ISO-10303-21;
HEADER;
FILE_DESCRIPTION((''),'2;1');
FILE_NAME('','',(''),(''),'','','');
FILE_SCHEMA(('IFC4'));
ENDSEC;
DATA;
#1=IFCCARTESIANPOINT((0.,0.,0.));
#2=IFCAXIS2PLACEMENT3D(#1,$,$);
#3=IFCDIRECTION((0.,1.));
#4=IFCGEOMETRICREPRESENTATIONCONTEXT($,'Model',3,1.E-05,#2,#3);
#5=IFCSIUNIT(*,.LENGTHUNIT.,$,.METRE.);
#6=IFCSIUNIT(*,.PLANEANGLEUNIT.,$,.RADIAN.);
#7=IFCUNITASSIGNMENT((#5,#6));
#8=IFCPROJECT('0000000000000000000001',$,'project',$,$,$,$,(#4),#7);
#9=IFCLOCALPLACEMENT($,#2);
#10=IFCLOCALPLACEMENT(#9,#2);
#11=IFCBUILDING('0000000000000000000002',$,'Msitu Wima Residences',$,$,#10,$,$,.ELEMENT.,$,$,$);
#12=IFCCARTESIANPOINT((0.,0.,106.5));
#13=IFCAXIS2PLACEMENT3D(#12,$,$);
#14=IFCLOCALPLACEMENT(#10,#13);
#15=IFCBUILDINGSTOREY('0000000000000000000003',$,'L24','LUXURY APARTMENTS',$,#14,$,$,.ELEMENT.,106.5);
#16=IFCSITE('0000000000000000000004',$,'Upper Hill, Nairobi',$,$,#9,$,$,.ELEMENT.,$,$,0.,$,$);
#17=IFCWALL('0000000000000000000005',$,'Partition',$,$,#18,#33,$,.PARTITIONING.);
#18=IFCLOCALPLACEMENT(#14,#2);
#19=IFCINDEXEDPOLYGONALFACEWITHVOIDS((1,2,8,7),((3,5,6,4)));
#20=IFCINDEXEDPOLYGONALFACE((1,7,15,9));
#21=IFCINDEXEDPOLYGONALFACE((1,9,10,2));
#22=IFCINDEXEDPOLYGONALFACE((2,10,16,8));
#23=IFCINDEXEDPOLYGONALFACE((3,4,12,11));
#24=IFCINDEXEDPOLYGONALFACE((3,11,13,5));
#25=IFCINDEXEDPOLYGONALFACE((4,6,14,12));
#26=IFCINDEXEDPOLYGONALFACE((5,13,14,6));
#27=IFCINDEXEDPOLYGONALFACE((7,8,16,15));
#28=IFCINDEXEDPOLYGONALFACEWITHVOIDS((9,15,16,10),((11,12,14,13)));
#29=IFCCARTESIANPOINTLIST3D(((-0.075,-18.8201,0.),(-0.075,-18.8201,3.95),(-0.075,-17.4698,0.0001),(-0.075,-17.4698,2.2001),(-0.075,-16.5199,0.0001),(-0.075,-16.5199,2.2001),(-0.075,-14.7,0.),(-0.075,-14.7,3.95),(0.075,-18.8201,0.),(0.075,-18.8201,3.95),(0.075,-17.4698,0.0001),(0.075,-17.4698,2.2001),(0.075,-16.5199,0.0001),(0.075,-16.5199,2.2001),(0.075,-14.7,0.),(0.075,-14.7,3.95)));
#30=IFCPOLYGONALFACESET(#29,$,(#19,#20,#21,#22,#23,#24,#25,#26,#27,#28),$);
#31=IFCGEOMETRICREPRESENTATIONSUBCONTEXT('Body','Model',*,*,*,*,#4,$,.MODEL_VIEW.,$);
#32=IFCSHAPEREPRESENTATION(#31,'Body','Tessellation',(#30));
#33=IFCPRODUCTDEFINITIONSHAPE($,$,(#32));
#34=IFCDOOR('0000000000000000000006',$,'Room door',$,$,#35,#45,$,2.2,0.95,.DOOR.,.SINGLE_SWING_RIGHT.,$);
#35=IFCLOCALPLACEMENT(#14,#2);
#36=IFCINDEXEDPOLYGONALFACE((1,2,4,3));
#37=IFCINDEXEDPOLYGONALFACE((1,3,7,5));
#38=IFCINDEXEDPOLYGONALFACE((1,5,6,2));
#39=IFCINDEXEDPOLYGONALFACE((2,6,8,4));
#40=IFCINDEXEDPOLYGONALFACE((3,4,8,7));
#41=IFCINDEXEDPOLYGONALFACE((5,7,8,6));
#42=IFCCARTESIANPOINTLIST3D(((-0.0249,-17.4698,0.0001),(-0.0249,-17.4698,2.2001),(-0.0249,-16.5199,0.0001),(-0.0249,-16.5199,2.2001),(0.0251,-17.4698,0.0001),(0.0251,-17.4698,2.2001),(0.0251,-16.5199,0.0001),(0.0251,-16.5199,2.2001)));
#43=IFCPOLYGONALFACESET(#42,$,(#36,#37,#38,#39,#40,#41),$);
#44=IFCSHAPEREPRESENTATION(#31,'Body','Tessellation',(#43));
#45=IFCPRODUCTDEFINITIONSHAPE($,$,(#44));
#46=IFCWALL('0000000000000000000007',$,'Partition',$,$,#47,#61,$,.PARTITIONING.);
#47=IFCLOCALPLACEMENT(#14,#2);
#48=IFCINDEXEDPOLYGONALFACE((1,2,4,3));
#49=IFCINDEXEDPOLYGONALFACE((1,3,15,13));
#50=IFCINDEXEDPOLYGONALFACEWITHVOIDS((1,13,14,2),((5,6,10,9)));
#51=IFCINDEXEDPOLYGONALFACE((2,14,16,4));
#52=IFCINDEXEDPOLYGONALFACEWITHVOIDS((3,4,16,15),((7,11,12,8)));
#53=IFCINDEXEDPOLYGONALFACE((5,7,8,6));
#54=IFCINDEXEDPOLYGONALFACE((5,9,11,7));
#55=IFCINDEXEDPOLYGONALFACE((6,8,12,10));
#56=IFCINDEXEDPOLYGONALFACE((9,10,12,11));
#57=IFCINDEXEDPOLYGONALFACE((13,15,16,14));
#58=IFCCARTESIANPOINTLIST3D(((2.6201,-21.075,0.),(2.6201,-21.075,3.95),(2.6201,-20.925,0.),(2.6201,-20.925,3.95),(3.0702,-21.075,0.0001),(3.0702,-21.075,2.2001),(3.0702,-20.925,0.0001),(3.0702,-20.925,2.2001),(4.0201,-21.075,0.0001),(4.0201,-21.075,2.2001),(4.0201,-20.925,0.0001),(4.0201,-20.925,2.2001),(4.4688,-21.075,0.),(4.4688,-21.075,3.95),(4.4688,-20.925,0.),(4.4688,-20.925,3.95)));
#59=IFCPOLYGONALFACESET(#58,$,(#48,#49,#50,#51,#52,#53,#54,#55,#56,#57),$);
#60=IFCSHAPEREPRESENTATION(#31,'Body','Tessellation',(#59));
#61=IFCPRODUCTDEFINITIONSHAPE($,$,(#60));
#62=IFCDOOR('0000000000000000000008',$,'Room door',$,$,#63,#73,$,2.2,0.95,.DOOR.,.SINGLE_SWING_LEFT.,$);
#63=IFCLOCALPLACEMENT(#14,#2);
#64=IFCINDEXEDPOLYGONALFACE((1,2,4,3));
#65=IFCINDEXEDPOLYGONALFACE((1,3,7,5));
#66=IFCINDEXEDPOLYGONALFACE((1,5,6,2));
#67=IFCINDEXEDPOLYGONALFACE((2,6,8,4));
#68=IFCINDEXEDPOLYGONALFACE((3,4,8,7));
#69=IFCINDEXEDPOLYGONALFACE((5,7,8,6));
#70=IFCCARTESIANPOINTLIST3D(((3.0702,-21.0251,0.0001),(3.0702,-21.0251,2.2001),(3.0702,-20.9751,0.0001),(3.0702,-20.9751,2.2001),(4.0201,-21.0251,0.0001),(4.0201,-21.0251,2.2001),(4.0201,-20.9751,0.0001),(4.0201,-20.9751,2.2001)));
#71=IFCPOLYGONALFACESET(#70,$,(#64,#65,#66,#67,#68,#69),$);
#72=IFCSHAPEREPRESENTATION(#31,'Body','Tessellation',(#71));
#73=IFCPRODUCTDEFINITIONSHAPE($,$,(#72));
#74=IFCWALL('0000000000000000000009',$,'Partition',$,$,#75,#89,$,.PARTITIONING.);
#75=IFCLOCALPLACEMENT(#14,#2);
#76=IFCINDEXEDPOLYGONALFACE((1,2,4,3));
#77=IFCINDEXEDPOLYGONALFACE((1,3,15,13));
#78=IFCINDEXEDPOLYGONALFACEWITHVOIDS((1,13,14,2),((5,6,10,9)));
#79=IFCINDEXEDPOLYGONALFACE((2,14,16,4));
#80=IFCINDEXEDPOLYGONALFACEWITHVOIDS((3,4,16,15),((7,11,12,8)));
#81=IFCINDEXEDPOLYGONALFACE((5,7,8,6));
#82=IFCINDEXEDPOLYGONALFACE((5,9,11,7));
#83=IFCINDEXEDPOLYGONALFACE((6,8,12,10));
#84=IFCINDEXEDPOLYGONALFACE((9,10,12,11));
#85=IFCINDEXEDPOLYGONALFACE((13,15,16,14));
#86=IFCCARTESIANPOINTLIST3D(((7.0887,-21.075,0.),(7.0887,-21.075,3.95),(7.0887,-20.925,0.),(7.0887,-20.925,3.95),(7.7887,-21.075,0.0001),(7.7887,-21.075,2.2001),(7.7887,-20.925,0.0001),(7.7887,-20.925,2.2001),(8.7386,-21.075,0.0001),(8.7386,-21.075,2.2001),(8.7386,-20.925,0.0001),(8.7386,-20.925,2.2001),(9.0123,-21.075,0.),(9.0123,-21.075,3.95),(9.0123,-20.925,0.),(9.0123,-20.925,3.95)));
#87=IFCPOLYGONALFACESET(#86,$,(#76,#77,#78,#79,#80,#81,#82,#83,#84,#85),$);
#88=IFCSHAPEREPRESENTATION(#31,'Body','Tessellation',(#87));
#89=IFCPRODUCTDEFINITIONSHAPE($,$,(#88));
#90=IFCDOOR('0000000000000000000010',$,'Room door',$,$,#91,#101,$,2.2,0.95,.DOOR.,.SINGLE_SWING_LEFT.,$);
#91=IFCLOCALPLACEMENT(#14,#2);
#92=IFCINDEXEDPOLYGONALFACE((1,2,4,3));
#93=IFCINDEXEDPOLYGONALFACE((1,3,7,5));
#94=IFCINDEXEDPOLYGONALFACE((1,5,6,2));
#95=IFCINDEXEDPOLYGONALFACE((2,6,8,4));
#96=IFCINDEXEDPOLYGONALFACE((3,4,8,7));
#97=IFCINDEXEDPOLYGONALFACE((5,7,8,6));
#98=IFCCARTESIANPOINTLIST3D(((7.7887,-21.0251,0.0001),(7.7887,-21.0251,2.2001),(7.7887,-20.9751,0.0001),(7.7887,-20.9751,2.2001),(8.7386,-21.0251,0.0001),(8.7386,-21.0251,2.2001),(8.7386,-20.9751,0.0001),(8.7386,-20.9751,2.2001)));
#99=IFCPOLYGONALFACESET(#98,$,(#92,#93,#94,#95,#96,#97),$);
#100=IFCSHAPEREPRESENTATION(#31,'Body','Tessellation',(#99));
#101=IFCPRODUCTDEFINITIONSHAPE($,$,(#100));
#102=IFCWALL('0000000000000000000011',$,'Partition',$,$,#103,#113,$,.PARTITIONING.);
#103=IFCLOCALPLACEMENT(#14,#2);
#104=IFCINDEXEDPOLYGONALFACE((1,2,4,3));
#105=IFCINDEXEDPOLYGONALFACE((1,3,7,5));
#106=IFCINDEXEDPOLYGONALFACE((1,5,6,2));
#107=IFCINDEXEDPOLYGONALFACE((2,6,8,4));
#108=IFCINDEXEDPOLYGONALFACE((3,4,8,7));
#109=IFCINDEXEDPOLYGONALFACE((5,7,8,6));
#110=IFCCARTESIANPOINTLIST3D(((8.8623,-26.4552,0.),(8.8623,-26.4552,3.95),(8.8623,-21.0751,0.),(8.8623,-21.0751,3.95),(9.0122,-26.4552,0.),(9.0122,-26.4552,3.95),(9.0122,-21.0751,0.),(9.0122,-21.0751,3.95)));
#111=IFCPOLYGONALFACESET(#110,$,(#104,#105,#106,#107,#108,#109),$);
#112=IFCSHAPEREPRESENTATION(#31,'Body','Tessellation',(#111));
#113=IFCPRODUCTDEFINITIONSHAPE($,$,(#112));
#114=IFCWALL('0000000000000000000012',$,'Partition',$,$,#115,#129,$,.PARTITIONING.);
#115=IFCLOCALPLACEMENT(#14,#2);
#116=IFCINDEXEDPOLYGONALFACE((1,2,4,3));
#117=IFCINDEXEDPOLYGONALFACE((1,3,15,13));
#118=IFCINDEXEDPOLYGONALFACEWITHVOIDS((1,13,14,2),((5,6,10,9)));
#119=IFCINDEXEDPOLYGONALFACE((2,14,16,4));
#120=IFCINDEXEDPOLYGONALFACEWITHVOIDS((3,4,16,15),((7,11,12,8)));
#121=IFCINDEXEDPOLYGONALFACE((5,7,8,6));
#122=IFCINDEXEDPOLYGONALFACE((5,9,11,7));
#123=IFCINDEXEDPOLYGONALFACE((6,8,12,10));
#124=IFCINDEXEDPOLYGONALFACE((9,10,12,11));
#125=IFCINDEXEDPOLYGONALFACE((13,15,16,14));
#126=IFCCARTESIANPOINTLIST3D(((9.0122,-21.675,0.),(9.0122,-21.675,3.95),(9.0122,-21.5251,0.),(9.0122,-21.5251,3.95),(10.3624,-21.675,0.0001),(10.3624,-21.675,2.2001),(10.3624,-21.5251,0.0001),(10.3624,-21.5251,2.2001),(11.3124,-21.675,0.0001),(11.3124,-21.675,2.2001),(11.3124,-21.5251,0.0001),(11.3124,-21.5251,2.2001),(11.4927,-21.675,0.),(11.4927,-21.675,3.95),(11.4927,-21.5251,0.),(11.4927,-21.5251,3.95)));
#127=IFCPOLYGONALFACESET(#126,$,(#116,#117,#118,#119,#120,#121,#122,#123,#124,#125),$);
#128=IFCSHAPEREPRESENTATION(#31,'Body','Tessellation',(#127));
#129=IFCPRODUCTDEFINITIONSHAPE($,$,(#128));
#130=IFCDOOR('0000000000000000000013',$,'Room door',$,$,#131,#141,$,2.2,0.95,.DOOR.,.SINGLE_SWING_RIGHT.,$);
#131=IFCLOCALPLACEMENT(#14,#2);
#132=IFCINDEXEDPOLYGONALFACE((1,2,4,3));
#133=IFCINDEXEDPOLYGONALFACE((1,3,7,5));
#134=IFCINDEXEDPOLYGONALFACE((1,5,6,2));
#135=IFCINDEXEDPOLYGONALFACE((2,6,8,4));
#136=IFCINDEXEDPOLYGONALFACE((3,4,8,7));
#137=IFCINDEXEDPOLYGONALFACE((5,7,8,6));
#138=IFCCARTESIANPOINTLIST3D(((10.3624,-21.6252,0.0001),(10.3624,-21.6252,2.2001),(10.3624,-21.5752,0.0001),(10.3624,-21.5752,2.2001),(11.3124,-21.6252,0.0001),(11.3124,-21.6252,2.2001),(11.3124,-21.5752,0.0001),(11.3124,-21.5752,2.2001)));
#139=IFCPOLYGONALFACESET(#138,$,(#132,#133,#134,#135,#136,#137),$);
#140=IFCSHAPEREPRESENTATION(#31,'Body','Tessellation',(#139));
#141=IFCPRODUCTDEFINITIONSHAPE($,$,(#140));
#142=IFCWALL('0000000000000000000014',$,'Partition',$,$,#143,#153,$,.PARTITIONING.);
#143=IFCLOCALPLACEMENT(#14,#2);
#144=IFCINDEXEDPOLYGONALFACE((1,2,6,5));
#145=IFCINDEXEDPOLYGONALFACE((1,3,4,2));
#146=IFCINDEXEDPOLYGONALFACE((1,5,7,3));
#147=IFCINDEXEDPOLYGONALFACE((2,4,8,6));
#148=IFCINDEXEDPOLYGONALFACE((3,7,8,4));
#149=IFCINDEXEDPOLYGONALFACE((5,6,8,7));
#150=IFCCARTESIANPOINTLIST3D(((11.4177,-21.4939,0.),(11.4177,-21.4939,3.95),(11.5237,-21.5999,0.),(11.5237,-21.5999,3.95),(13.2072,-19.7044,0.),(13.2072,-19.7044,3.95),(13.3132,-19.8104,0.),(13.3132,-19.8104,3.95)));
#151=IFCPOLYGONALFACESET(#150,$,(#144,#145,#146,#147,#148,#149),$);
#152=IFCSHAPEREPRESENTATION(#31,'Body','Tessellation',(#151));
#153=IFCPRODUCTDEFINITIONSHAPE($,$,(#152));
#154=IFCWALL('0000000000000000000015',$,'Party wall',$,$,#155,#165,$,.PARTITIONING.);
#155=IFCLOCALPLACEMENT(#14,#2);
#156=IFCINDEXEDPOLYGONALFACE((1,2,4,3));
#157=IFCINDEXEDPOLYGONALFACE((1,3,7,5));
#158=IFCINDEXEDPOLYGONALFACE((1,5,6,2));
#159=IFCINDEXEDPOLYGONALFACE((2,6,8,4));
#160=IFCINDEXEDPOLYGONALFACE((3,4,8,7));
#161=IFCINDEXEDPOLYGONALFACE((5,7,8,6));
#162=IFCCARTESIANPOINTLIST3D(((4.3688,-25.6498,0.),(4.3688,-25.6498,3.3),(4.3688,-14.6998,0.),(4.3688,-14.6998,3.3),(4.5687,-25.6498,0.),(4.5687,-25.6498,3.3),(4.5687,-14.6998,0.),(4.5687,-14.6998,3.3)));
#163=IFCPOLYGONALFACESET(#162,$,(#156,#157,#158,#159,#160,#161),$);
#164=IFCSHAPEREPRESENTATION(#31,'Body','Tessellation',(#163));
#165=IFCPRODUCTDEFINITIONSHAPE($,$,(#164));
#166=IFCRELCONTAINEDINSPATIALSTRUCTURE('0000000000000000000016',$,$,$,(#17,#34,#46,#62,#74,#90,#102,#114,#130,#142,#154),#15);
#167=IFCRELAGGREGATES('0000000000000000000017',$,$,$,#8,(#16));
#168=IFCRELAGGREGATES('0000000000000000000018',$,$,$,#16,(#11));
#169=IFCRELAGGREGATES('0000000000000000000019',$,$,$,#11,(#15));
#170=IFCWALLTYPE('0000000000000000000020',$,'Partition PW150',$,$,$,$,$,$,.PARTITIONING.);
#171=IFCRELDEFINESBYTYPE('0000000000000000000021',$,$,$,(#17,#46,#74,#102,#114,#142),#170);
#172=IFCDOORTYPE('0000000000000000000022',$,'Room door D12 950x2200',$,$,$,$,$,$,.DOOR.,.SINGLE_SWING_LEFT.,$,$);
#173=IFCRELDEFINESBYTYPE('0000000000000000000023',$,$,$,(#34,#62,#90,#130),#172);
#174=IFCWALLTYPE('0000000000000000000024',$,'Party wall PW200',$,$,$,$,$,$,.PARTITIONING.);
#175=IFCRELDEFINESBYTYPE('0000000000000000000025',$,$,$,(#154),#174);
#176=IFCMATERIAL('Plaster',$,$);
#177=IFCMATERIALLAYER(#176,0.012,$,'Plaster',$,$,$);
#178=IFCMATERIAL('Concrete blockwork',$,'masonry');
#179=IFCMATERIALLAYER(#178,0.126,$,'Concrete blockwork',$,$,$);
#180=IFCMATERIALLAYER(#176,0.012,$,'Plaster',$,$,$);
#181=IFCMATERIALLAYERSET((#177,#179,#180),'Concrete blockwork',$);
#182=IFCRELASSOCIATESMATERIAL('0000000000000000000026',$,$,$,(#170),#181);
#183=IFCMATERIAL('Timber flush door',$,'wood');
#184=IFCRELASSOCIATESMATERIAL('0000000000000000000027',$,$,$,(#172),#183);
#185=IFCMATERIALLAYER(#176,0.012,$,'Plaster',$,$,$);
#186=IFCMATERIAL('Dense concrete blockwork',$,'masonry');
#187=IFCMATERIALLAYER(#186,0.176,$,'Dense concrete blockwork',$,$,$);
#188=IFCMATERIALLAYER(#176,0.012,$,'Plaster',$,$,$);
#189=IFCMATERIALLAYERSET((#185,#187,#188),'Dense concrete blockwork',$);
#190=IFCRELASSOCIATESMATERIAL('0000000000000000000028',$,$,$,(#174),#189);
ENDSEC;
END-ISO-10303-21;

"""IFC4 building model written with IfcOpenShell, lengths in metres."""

from ifc_helpers import new_model, si_unit, direction, frame, frame_2d, origin, place, context, subcontext, project, spatial, rectangle, extrude, material, layer, layer_set, type_object, element, fill, save


model = new_model("IFC4")

# Units and contexts
model_context = context("Model", 3, precision=1e-05, world=origin(), true_north=direction((0.0, 1.0)))
body_context = subcontext(model_context, "Body", "Model", "MODEL_VIEW")
ifc_project = project(units=[si_unit("LENGTHUNIT", "METRE"), si_unit("PLANEANGLEUNIT", "RADIAN")], contexts=[model_context])

# Site, building, storey
site_placement = place(None, origin())
site = spatial("IfcSite", under=ifc_project, at=site_placement, Name="Upper Hill, Nairobi", CompositionType="ELEMENT", RefElevation=0.0)
building_placement = place(site_placement, origin())
building = spatial("IfcBuilding", under=site, at=building_placement, Name="Msitu Wima Residences", CompositionType="ELEMENT")
storey_placement = place(building_placement, frame((0.0, 0.0, 106.5)))
storey = spatial("IfcBuildingStorey", under=building, at=storey_placement, Name="L24", Description="LUXURY APARTMENTS", CompositionType="ELEMENT", Elevation=106.5)

# Walls, openings, doors
ifc_material_1 = material(Name="Plaster")
ifc_layer_1 = layer(ifc_material_1, 0.012, Name="Plaster")
ifc_material_2 = material(Name="Concrete blockwork", Category="masonry")
ifc_layer_2 = layer(ifc_material_2, 0.126, Name="Concrete blockwork")
ifc_layer_3 = layer(ifc_material_1, 0.012, Name="Plaster")
ifc_layer_set_1 = layer_set([ifc_layer_1, ifc_layer_2, ifc_layer_3], Name="Concrete blockwork")
wall_type_1 = type_object("IfcWallType", Name="Partition PW150", PredefinedType="PARTITIONING", material=ifc_layer_set_1)
ifc_material_3 = material(Name="Timber flush door", Category="wood")
door_type_1 = type_object("IfcDoorType", Name="Room door D12 950x2200", OperationType="SINGLE_SWING_LEFT", PredefinedType="DOOR", material=ifc_material_3)
wall_1_placement = place(storey_placement, frame((0.0, -18.8201, 0.0), z_axis=(0.0, 0.0, 1.0), x_axis=(0.0, 1.0, 0.0)))
wall_1 = element("IfcWall", 1, at=wall_1_placement, inside=storey, type_object=wall_type_1, Name="Partition", PredefinedType="PARTITIONING", context=body_context, shape_type="SweptSolid", body=[
    extrude(rectangle(XDim=4.1201, YDim=0.1499, at=frame_2d((2.0601, 0.0))), origin(), (0.0, 0.0, 1.0), 3.95),
])
opening_1_placement = place(wall_1_placement, frame((1.3501, 0.0, 0.0)))
opening_1 = element("IfcOpeningElement", 2, at=opening_1_placement, cuts=wall_1, PredefinedType="OPENING", context=body_context, shape_type="SweptSolid", body=[
    extrude(rectangle(XDim=0.95, YDim=2.2, at=frame_2d((0.4751, 1.1001))), frame((0.0, 0.085, 0.0), z_axis=(0.0, -1.0, 0.0), x_axis=(1.0, 0.0, 0.0)), (0.0, 0.0, 1.0), 0.1699),
])
door_1_placement = place(opening_1_placement, origin())
door_1 = element("IfcDoor", 3, at=door_1_placement, inside=storey, type_object=door_type_1, Name="Room door", OperationType="SINGLE_SWING_RIGHT", OverallHeight=2.2, OverallWidth=0.95, PredefinedType="DOOR", context=body_context, shape_type="SweptSolid", body=[
    extrude(rectangle(XDim=0.95, YDim=2.2, at=frame_2d((0.4751, 1.1001))), frame((0.0, 0.0249, 0.0), z_axis=(0.0, -1.0, 0.0), x_axis=(1.0, 0.0, 0.0)), (0.0, 0.0, 1.0), 0.05),
])
fill(opening_1, door_1)
wall_2_placement = place(storey_placement, frame((2.6201, -21.0, 0.0), z_axis=(0.0, 0.0, 1.0), x_axis=(1.0, 0.0, 0.0)))
wall_2 = element("IfcWall", 4, at=wall_2_placement, inside=storey, type_object=wall_type_1, Name="Partition", PredefinedType="PARTITIONING", context=body_context, shape_type="SweptSolid", body=[
    extrude(rectangle(XDim=1.8486, YDim=0.1499, at=frame_2d((0.9243, 0.0))), origin(), (0.0, 0.0, 1.0), 3.95),
])
opening_2_placement = place(wall_2_placement, frame((0.45, 0.0, 0.0)))
opening_2 = element("IfcOpeningElement", 5, at=opening_2_placement, cuts=wall_2, PredefinedType="OPENING", context=body_context, shape_type="SweptSolid", body=[
    extrude(rectangle(XDim=0.95, YDim=2.2, at=frame_2d((0.4751, 1.1001))), frame((0.0, 0.085, 0.0), z_axis=(0.0, -1.0, 0.0), x_axis=(1.0, 0.0, 0.0)), (0.0, 0.0, 1.0), 0.1699),
])
door_2_placement = place(opening_2_placement, origin())
door_2 = element("IfcDoor", 6, at=door_2_placement, inside=storey, type_object=door_type_1, Name="Room door", OperationType="SINGLE_SWING_LEFT", OverallHeight=2.2, OverallWidth=0.95, PredefinedType="DOOR", context=body_context, shape_type="SweptSolid", body=[
    extrude(rectangle(XDim=0.95, YDim=2.2, at=frame_2d((0.4751, 1.1001))), frame((0.0, 0.0249, 0.0), z_axis=(0.0, -1.0, 0.0), x_axis=(1.0, 0.0, 0.0)), (0.0, 0.0, 1.0), 0.05),
])
fill(opening_2, door_2)
wall_3_placement = place(storey_placement, frame((7.0886, -21.0, 0.0), z_axis=(0.0, 0.0, 1.0), x_axis=(1.0, 0.0, 0.0)))
wall_3 = element("IfcWall", 7, at=wall_3_placement, inside=storey, type_object=wall_type_1, Name="Partition", PredefinedType="PARTITIONING", context=body_context, shape_type="SweptSolid", body=[
    extrude(rectangle(XDim=1.9236, YDim=0.1499, at=frame_2d((0.9619, 0.0))), origin(), (0.0, 0.0, 1.0), 3.95),
])
opening_3_placement = place(wall_3_placement, frame((0.7, 0.0, 0.0)))
opening_3 = element("IfcOpeningElement", 8, at=opening_3_placement, cuts=wall_3, PredefinedType="OPENING", context=body_context, shape_type="SweptSolid", body=[
    extrude(rectangle(XDim=0.95, YDim=2.2, at=frame_2d((0.4751, 1.1001))), frame((0.0, 0.085, 0.0), z_axis=(0.0, -1.0, 0.0), x_axis=(1.0, 0.0, 0.0)), (0.0, 0.0, 1.0), 0.1699),
])
door_3_placement = place(opening_3_placement, origin())
door_3 = element("IfcDoor", 9, at=door_3_placement, inside=storey, type_object=door_type_1, Name="Room door", OperationType="SINGLE_SWING_LEFT", OverallHeight=2.2, OverallWidth=0.95, PredefinedType="DOOR", context=body_context, shape_type="SweptSolid", body=[
    extrude(rectangle(XDim=0.95, YDim=2.2, at=frame_2d((0.4751, 1.1001))), frame((0.0, 0.0249, 0.0), z_axis=(0.0, -1.0, 0.0), x_axis=(1.0, 0.0, 0.0)), (0.0, 0.0, 1.0), 0.05),
])
fill(opening_3, door_3)

# Wall
wall_4_placement = place(storey_placement, frame((8.9373, -26.4551, 0.0), z_axis=(0.0, 0.0, 1.0), x_axis=(0.0, 1.0, 0.0)))
element("IfcWall", 10, at=wall_4_placement, inside=storey, type_object=wall_type_1, Name="Partition", PredefinedType="PARTITIONING", context=body_context, shape_type="SweptSolid", body=[
    extrude(rectangle(XDim=5.3801, YDim=0.1499, at=frame_2d((2.6899, 0.0))), origin(), (0.0, 0.0, 1.0), 3.95),
])

# Wall, opening, door
wall_5_placement = place(storey_placement, frame((9.0122, -21.6001, 0.0), z_axis=(0.0, 0.0, 1.0), x_axis=(1.0, 0.0, 0.0)))
wall_5 = element("IfcWall", 11, at=wall_5_placement, inside=storey, type_object=wall_type_1, Name="Partition", PredefinedType="PARTITIONING", context=body_context, shape_type="SweptSolid", body=[
    extrude(rectangle(XDim=2.4805, YDim=0.1499, at=frame_2d((1.2402, 0.0))), origin(), (0.0, 0.0, 1.0), 3.95),
])
opening_4_placement = place(wall_5_placement, frame((1.3501, 0.0, 0.0)))
opening_4 = element("IfcOpeningElement", 12, at=opening_4_placement, cuts=wall_5, PredefinedType="OPENING", context=body_context, shape_type="SweptSolid", body=[
    extrude(rectangle(XDim=0.95, YDim=2.2, at=frame_2d((0.4751, 1.1001))), frame((0.0, 0.085, 0.0), z_axis=(0.0, -1.0, 0.0), x_axis=(1.0, 0.0, 0.0)), (0.0, 0.0, 1.0), 0.1699),
])
door_4_placement = place(opening_4_placement, origin())
door_4 = element("IfcDoor", 13, at=door_4_placement, inside=storey, type_object=door_type_1, Name="Room door", OperationType="SINGLE_SWING_RIGHT", OverallHeight=2.2, OverallWidth=0.95, PredefinedType="DOOR", context=body_context, shape_type="SweptSolid", body=[
    extrude(rectangle(XDim=0.95, YDim=2.2, at=frame_2d((0.4751, 1.1001))), frame((0.0, 0.0249, 0.0), z_axis=(0.0, -1.0, 0.0), x_axis=(1.0, 0.0, 0.0)), (0.0, 0.0, 1.0), 0.05),
])
fill(opening_4, door_4)

# Walls
wall_6_placement = place(storey_placement, frame((11.4707, -21.5469, 0.0), z_axis=(0.0, 0.0, 1.0), x_axis=(0.707107, 0.707107, 0.0)))
element("IfcWall", 14, at=wall_6_placement, inside=storey, type_object=wall_type_1, Name="Partition", PredefinedType="PARTITIONING", context=body_context, shape_type="SweptSolid", body=[
    extrude(rectangle(XDim=2.5308, YDim=0.1499, at=frame_2d((1.2654, 0.0))), origin(), (0.0, 0.0, 1.0), 3.95),
])
ifc_layer_4 = layer(ifc_material_1, 0.012, Name="Plaster")
ifc_material_4 = material(Name="Dense concrete blockwork", Category="masonry")
ifc_layer_5 = layer(ifc_material_4, 0.176, Name="Dense concrete blockwork")
ifc_layer_6 = layer(ifc_material_1, 0.012, Name="Plaster")
ifc_layer_set_2 = layer_set([ifc_layer_4, ifc_layer_5, ifc_layer_6], Name="Dense concrete blockwork")
wall_type_2 = type_object("IfcWallType", Name="Party wall PW200", PredefinedType="PARTITIONING", material=ifc_layer_set_2)
wall_7_placement = place(storey_placement, frame((4.4688, -25.6499, 0.0), z_axis=(0.0, 0.0, 1.0), x_axis=(0.0, 1.0, 0.0)))
element("IfcWall", 15, at=wall_7_placement, inside=storey, type_object=wall_type_2, Name="Party wall", PredefinedType="PARTITIONING", context=body_context, shape_type="SweptSolid", body=[
    extrude(rectangle(XDim=10.95, YDim=0.2, at=frame_2d((5.4751, 0.0))), origin(), (0.0, 0.0, 1.0), 3.3),
])

save(model, "model.ifc")
